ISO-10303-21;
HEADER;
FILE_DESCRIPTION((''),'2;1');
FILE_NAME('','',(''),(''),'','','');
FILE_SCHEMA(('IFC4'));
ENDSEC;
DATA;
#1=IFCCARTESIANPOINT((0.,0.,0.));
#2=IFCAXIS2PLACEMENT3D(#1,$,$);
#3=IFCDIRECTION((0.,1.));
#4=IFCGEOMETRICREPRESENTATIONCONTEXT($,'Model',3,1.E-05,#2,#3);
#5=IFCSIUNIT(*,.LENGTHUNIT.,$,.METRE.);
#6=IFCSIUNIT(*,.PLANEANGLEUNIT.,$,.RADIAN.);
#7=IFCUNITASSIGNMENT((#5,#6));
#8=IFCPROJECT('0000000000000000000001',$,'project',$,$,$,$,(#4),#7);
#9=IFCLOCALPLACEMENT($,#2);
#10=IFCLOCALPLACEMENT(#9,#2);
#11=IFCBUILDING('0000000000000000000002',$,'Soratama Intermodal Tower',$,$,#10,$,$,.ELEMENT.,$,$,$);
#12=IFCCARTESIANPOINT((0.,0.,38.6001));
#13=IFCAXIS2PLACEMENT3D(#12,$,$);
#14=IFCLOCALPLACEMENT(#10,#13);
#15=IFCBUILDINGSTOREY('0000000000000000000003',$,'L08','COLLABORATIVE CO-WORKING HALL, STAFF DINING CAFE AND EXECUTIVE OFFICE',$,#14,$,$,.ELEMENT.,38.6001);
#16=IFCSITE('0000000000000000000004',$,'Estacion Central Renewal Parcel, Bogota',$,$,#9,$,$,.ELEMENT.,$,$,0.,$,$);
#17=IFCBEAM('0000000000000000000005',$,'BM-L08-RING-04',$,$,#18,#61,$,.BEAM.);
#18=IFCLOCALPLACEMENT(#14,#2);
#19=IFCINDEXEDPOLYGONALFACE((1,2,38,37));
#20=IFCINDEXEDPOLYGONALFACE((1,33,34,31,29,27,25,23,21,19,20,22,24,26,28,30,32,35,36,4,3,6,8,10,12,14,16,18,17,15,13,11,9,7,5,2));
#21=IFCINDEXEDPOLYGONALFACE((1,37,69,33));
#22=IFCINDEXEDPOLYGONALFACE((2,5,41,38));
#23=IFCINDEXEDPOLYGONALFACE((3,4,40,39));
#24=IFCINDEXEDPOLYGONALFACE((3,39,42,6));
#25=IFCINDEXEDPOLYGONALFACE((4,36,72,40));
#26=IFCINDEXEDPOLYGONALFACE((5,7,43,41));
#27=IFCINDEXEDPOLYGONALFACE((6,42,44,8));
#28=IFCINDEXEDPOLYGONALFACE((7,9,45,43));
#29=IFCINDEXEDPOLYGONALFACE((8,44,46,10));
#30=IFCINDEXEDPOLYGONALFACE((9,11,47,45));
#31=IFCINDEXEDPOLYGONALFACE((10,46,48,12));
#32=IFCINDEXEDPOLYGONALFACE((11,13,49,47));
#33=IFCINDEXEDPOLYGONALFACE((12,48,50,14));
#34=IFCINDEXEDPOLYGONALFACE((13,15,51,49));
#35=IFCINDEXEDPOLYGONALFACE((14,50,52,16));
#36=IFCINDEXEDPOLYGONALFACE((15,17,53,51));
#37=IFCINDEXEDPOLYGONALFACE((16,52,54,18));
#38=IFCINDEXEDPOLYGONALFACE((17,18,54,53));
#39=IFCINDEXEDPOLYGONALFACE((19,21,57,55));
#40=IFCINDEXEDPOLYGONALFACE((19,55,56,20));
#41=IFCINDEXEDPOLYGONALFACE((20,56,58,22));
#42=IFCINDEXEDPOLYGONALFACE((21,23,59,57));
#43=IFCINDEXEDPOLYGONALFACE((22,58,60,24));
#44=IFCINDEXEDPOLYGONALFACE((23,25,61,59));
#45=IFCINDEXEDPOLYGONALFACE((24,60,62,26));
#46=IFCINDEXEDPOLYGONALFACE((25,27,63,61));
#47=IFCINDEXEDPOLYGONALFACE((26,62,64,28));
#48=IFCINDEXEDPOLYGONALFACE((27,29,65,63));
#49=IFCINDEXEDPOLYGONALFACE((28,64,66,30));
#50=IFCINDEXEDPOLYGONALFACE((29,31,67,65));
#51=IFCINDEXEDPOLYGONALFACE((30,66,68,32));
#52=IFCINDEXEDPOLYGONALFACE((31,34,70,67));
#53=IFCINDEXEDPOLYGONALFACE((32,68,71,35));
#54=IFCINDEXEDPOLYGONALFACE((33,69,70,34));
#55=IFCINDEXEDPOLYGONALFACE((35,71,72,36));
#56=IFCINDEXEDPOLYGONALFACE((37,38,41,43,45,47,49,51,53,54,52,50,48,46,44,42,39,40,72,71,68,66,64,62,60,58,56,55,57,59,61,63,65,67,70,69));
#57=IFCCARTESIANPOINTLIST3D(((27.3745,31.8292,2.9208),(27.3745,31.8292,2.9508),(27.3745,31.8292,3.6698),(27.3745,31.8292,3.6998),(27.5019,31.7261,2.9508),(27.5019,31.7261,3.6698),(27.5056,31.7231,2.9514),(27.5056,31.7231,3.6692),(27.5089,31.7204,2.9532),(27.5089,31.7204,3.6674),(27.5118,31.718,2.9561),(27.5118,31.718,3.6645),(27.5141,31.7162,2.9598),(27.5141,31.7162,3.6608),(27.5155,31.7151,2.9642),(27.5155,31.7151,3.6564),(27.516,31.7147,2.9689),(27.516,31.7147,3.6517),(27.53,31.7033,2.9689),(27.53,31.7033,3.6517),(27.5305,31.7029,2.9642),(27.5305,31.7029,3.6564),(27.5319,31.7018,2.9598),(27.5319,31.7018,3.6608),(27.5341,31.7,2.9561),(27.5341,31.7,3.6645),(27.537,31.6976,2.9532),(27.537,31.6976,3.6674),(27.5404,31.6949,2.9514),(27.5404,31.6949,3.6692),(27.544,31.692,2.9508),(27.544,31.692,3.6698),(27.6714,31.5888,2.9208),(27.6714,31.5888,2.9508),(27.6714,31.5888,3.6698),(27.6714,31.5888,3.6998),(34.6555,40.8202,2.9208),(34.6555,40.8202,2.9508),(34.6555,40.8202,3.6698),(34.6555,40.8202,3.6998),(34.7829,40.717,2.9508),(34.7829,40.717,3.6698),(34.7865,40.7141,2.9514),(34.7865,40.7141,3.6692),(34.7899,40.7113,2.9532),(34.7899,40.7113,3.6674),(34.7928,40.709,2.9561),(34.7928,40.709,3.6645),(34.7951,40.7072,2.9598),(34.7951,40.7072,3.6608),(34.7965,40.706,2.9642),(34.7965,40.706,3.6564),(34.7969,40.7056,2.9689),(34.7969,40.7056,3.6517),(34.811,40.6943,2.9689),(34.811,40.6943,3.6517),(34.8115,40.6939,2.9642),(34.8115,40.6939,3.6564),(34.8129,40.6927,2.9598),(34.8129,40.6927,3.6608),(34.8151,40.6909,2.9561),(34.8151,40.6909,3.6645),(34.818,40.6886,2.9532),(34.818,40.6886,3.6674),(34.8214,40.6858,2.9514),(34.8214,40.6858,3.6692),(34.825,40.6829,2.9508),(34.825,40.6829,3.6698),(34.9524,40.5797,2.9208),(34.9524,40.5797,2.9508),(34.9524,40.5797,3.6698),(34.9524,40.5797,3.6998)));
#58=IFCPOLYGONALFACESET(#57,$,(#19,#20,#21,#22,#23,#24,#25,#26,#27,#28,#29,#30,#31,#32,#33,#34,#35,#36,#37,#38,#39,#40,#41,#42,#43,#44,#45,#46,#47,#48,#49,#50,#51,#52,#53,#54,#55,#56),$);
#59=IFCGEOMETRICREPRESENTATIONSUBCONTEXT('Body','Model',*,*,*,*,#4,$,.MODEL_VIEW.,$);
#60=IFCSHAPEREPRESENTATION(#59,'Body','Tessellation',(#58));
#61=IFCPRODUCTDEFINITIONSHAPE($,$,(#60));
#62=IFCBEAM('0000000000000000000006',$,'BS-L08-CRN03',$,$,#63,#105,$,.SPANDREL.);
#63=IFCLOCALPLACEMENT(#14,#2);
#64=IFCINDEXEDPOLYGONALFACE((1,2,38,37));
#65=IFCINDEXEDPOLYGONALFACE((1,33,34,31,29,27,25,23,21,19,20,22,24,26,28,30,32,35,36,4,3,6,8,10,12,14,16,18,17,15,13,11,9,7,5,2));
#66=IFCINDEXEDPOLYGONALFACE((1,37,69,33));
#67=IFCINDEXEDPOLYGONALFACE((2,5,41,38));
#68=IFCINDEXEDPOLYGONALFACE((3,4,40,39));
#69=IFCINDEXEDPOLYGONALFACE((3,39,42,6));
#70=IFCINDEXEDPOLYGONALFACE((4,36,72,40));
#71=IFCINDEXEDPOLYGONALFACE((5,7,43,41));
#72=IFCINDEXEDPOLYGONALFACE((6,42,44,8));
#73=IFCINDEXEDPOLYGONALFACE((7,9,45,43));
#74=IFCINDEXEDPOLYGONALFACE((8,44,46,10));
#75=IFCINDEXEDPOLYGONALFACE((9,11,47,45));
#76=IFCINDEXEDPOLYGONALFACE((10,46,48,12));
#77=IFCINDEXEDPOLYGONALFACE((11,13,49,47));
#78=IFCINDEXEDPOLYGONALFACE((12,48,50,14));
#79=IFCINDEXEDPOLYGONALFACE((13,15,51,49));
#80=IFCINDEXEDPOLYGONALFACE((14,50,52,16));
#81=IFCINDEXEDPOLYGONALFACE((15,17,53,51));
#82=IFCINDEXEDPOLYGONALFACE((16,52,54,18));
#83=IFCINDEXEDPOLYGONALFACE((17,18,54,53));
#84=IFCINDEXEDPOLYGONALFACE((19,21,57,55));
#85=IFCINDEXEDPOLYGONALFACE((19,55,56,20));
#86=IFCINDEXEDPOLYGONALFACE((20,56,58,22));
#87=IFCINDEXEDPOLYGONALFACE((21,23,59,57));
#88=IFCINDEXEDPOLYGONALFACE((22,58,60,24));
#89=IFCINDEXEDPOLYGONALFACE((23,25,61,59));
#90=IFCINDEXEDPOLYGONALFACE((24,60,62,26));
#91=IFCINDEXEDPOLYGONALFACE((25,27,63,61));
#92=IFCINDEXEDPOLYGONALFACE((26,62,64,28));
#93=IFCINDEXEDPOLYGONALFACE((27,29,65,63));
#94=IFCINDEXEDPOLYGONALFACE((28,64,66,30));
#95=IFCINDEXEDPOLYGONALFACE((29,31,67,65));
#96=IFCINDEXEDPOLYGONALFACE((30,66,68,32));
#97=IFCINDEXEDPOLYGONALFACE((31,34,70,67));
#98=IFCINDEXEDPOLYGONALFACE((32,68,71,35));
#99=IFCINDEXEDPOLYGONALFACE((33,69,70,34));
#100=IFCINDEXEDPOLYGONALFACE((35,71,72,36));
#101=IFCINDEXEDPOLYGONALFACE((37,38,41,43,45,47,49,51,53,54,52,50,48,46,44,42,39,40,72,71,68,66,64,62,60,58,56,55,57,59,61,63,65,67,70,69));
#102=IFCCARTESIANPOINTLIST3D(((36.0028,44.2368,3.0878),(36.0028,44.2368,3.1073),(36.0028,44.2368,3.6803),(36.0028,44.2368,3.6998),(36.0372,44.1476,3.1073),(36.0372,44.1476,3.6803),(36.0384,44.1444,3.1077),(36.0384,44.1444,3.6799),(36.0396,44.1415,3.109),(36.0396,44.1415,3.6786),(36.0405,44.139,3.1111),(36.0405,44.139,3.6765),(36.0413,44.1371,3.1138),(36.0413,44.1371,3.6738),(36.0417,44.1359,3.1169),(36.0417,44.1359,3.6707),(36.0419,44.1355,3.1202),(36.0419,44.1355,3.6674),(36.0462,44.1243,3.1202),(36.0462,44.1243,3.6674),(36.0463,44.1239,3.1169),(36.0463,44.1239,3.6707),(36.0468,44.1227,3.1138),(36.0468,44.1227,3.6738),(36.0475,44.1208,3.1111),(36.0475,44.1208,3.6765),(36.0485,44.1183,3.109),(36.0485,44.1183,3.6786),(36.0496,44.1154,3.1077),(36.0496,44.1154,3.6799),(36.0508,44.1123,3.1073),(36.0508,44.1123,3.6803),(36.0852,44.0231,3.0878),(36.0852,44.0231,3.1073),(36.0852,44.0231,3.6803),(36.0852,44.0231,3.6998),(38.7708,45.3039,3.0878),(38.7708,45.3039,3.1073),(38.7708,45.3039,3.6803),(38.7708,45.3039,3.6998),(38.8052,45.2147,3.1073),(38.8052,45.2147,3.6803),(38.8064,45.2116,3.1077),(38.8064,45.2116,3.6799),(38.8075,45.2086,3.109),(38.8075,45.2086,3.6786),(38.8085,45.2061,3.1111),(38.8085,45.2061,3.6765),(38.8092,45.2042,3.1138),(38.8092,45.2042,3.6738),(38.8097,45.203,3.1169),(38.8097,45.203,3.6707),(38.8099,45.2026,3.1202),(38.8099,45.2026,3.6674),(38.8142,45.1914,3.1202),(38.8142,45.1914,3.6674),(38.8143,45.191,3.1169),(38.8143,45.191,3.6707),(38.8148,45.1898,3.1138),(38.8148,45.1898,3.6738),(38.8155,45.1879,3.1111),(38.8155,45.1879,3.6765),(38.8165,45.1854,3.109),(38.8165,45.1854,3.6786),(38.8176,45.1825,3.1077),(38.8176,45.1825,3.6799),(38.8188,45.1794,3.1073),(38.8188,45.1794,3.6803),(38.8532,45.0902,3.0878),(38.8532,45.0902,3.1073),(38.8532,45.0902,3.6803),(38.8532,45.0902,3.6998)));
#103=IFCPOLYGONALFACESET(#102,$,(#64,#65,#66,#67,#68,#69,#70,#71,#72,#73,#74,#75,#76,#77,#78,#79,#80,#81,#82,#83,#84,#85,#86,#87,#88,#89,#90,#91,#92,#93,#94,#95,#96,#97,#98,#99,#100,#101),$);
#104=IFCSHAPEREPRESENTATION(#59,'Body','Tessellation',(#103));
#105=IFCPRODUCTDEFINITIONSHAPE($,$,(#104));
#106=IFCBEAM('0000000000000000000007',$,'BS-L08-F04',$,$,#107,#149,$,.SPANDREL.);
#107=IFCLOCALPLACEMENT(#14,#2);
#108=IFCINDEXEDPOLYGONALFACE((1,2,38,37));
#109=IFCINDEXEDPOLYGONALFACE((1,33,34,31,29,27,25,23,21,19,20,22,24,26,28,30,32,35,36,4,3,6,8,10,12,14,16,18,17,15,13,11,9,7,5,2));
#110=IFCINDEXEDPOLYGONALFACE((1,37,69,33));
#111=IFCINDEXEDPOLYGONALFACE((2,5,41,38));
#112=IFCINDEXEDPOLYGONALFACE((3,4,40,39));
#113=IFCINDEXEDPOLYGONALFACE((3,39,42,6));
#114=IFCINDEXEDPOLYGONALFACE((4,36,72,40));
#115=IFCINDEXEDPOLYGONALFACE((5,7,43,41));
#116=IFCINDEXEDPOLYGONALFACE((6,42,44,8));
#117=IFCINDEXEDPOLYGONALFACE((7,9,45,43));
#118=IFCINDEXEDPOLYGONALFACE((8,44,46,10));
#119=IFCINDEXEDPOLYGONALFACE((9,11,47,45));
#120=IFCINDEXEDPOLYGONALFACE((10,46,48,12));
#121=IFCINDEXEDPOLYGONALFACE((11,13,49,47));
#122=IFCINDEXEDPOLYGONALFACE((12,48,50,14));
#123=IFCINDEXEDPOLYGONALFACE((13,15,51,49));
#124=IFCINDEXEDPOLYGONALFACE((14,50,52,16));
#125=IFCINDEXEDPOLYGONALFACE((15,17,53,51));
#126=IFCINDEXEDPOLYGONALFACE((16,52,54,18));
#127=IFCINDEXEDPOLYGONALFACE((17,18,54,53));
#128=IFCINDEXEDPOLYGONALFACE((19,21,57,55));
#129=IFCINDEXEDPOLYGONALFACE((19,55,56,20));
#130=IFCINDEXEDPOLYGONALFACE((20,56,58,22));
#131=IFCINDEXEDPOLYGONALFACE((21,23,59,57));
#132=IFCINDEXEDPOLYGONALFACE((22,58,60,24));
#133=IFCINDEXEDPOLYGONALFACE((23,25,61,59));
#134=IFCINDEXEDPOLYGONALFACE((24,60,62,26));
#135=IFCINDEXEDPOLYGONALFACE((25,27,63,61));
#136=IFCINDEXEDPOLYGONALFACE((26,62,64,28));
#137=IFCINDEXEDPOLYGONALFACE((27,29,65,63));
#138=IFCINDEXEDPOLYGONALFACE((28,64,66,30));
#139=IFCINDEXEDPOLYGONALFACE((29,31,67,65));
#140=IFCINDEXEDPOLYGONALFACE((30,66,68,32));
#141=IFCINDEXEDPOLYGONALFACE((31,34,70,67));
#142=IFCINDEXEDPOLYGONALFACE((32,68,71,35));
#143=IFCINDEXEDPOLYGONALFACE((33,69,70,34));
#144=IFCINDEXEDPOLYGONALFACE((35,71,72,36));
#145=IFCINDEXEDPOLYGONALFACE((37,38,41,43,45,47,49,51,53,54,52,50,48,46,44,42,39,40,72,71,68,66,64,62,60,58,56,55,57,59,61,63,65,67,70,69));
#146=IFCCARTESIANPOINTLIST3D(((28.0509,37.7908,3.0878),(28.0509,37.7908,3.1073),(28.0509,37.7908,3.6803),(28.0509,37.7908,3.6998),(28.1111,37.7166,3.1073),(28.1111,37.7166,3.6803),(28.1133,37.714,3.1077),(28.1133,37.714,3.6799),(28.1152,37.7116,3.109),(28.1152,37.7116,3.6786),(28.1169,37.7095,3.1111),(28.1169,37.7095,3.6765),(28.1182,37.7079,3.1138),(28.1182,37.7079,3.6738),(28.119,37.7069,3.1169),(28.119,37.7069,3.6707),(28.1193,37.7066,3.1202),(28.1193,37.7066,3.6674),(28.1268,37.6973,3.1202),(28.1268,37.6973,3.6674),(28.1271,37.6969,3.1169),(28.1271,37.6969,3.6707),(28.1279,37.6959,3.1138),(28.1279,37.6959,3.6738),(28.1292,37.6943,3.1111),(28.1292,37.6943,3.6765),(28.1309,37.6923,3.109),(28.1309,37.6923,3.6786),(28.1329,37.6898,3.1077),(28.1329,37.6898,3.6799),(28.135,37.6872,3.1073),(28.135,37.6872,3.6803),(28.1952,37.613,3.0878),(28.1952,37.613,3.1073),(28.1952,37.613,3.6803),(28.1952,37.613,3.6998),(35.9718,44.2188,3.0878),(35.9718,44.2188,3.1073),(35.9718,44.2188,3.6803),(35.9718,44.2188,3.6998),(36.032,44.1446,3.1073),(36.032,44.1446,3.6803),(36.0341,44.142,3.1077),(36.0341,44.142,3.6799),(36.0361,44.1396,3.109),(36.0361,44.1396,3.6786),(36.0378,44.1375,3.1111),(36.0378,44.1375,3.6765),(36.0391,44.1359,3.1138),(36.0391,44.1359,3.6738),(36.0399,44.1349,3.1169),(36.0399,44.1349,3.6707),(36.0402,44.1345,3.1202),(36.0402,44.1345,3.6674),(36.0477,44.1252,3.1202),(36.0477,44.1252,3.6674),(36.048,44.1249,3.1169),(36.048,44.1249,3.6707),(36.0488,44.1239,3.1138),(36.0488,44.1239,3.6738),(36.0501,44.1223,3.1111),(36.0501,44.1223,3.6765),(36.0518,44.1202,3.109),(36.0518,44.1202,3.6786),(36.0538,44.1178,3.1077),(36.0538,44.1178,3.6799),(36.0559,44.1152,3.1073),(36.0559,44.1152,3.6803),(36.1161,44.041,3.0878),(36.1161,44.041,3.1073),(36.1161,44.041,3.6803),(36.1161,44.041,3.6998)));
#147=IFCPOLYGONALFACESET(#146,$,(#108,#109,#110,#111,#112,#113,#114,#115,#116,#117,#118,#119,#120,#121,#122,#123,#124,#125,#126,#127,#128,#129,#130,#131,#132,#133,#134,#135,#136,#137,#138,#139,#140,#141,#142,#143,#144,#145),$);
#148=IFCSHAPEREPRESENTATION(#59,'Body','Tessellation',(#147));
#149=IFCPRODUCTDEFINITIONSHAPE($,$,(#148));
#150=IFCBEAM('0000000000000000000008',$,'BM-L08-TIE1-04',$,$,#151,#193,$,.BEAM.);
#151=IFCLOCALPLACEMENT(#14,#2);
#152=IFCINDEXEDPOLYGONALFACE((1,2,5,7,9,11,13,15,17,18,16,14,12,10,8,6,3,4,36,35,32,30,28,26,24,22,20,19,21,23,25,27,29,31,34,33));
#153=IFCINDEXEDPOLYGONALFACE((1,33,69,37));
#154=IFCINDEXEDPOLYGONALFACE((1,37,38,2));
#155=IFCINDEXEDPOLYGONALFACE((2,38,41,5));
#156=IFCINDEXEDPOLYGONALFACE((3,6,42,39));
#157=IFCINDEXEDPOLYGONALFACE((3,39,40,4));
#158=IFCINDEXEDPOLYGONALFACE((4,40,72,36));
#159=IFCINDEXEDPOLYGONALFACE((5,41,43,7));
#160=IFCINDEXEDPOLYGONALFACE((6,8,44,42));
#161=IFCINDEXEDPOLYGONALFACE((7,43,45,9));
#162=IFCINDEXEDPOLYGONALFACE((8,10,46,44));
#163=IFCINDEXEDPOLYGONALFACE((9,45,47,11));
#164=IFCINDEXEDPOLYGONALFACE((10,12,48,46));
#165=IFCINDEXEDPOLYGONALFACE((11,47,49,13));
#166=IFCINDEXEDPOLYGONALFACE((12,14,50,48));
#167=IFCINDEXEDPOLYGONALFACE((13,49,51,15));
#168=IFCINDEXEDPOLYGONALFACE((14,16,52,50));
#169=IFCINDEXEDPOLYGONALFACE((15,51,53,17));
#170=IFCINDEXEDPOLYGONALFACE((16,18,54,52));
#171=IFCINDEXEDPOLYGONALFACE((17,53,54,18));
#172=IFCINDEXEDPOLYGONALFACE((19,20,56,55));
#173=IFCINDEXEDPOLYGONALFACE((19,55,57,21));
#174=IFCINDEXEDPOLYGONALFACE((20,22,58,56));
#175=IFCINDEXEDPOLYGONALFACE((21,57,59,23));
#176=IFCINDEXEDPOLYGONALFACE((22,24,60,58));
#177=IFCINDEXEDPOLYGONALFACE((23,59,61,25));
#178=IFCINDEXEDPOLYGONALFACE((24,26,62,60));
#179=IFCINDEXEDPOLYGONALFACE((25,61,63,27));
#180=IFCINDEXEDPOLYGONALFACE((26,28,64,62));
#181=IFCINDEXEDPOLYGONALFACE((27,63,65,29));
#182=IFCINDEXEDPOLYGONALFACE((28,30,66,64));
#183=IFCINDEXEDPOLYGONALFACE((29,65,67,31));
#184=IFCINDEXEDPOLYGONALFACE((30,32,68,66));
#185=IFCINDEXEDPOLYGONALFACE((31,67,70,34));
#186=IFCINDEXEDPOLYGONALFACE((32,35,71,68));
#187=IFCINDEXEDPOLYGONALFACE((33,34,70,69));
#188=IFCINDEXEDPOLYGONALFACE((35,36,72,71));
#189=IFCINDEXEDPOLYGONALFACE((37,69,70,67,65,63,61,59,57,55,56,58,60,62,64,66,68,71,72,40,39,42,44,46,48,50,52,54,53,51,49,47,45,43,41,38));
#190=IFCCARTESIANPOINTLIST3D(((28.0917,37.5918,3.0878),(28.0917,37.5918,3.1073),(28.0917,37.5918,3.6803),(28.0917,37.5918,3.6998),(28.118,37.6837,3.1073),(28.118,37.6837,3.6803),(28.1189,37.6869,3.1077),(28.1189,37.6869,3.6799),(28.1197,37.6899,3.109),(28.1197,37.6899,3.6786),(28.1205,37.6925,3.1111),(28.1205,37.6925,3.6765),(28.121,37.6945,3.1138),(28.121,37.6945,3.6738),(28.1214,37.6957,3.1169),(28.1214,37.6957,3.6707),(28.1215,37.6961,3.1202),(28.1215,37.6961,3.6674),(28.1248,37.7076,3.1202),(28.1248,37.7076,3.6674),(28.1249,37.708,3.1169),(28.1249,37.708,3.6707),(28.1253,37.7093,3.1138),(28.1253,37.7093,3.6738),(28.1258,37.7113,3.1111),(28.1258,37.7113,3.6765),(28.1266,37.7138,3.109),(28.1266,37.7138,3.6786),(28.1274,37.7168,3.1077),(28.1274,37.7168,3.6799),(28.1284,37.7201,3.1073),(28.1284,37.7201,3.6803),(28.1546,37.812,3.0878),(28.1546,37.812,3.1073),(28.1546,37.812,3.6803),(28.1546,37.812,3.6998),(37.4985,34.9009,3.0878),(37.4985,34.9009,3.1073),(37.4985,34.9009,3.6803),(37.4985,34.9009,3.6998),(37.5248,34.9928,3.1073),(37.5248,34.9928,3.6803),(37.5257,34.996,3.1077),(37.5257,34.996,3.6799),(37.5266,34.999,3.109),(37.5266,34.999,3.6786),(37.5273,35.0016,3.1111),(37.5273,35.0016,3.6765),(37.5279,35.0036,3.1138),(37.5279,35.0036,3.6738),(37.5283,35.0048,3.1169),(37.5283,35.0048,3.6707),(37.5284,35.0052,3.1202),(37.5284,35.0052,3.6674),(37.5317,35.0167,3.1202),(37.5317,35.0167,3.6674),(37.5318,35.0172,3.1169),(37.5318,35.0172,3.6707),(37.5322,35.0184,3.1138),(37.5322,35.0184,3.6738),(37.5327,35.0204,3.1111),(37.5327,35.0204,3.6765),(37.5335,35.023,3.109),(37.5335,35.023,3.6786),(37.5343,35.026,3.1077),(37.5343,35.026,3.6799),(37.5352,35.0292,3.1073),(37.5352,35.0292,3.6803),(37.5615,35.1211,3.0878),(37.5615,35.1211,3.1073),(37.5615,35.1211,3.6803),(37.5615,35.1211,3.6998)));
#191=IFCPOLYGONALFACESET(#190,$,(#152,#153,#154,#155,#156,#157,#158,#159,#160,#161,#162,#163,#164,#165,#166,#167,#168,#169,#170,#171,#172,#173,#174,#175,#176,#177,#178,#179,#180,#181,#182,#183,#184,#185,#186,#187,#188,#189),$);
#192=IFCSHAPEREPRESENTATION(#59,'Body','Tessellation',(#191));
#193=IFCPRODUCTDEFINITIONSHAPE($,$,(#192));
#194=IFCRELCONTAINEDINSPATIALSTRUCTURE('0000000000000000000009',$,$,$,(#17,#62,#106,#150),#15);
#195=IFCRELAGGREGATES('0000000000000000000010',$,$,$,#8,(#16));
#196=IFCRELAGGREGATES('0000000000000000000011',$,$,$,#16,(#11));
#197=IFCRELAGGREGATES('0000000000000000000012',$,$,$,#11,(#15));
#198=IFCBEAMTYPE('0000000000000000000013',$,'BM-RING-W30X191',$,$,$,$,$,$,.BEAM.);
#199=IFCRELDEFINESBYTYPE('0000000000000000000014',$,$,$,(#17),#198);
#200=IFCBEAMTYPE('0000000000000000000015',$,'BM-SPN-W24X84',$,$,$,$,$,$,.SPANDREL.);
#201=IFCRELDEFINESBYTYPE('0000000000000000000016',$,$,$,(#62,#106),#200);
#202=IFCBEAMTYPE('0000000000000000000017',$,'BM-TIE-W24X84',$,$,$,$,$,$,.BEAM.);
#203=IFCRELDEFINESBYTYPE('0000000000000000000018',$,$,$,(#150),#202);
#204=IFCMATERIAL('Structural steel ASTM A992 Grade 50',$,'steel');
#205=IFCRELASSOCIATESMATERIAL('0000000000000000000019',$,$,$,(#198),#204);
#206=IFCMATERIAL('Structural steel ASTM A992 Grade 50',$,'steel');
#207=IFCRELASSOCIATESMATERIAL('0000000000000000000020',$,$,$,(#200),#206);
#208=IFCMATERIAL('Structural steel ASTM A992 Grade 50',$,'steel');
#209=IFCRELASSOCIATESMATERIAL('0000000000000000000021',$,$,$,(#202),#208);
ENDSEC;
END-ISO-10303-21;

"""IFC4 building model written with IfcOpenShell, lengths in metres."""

from ifc_helpers import new_model, si_unit, direction, frame, origin, origin_2d, place, context, subcontext, project, spatial, i_section, extrude, material, material_profile, profile_set, type_object, element, save


model = new_model("IFC4")

# Units and contexts
model_context = context("Model", 3, precision=1e-05, world=origin(), true_north=direction((0.0, 1.0)))
body_context = subcontext(model_context, "Body", "Model", "MODEL_VIEW")
ifc_project = project(units=[si_unit("LENGTHUNIT", "METRE"), si_unit("PLANEANGLEUNIT", "RADIAN")], contexts=[model_context])

# Site, building, storey
site_placement = place(None, origin())
site = spatial("IfcSite", under=ifc_project, at=site_placement, Name="Estacion Central Renewal Parcel, Bogota", CompositionType="ELEMENT", RefElevation=0.0)
building_placement = place(site_placement, origin())
building = spatial("IfcBuilding", under=site, at=building_placement, Name="Soratama Intermodal Tower", CompositionType="ELEMENT")
storey_placement = place(building_placement, frame((0.0, 0.0, 38.6001)))
storey = spatial("IfcBuildingStorey", under=building, at=storey_placement, Name="L08", Description="COLLABORATIVE CO-WORKING HALL, STAFF DINING CAFE AND EXECUTIVE OFFICE", CompositionType="ELEMENT", Elevation=38.6001)

# Beams
ifc_material_1 = material(Name="Structural steel ASTM A992 Grade 50", Category="steel")
ifc_material_profile_1 = material_profile(ifc_material_1, i_section(OverallWidth=0.3821, OverallDepth=0.7791, WebThickness=0.0181, FlangeThickness=0.03, FilletRadius=0.0181, at=origin_2d()), Name="W30X191")
ifc_profile_set_1 = profile_set([ifc_material_profile_1], Name="Structural steel ASTM A992 Grade 50")
beam_type_1 = type_object("IfcBeamType", Name="BM-RING-W30X191", PredefinedType="BEAM", material=ifc_profile_set_1)
beam_1_placement = place(storey_placement, frame((34.804, 40.7, 3.3103), z_axis=(-0.629334, -0.777135, 0.0), x_axis=(0.777135, -0.629334, 0.0)))
element("IfcBeam", 1, at=beam_1_placement, inside=storey, type_object=beam_type_1, Name="BM-L08-RING-04", PredefinedType="BEAM", context=body_context, shape_type="SweptSolid", body=[
    extrude(i_section(OverallWidth=0.3821, OverallDepth=0.7791, WebThickness=0.0181, FlangeThickness=0.03, FilletRadius=0.0181, at=origin_2d()), origin(), (0.0, 0.0, 1.0), 11.5693),
])
ifc_material_2 = material(Name="Structural steel ASTM A992 Grade 50", Category="steel")
ifc_material_profile_2 = material_profile(ifc_material_2, i_section(OverallWidth=0.229, OverallDepth=0.6121, WebThickness=0.012, FlangeThickness=0.0195, FilletRadius=0.0129, at=origin_2d()), Name="W24X84")
ifc_profile_set_2 = profile_set([ifc_material_profile_2], Name="Structural steel ASTM A992 Grade 50")
beam_type_2 = type_object("IfcBeamType", Name="BM-SPN-W24X84", PredefinedType="SPANDREL", material=ifc_profile_set_2)
beam_2_placement = place(storey_placement, frame((38.812, 45.197, 3.3938), z_axis=(-0.933063, -0.359712, 0.0), x_axis=(0.359712, -0.933063, 0.0)))
element("IfcBeam", 2, at=beam_2_placement, inside=storey, type_object=beam_type_2, Name="BS-L08-CRN03", PredefinedType="SPANDREL", context=body_context, shape_type="SweptSolid", body=[
    extrude(i_section(OverallWidth=0.229, OverallDepth=0.6121, WebThickness=0.012, FlangeThickness=0.0195, FilletRadius=0.0129, at=origin_2d()), origin(), (0.0, 0.0, 1.0), 2.9666),
])
beam_3_placement = place(storey_placement, frame((36.0439, 44.1299, 3.3938), z_axis=(-0.776486, -0.630135, 0.0), x_axis=(0.630135, -0.776486, 0.0)))
element("IfcBeam", 3, at=beam_3_placement, inside=storey, type_object=beam_type_2, Name="BS-L08-F04", PredefinedType="SPANDREL", context=body_context, shape_type="SweptSolid", body=[
    extrude(i_section(OverallWidth=0.229, OverallDepth=0.6121, WebThickness=0.012, FlangeThickness=0.0195, FilletRadius=0.0129, at=origin_2d()), origin(), (0.0, 0.0, 1.0), 10.2009),
])
ifc_material_3 = material(Name="Structural steel ASTM A992 Grade 50", Category="steel")
ifc_material_profile_3 = material_profile(ifc_material_3, i_section(OverallWidth=0.229, OverallDepth=0.6121, WebThickness=0.012, FlangeThickness=0.0195, FilletRadius=0.0129, at=origin_2d()), Name="W24X84")
ifc_profile_set_3 = profile_set([ifc_material_profile_3], Name="Structural steel ASTM A992 Grade 50")
beam_type_3 = type_object("IfcBeamType", Name="BM-TIE-W24X84", PredefinedType="BEAM", material=ifc_profile_set_3)
beam_4_placement = place(storey_placement, frame((37.53, 35.011, 3.3938), z_axis=(-0.961437, 0.275024, 0.0), x_axis=(-0.275024, -0.961437, 0.0)))
element("IfcBeam", 4, at=beam_4_placement, inside=storey, type_object=beam_type_3, Name="BM-L08-TIE1-04", PredefinedType="BEAM", context=body_context, shape_type="SweptSolid", body=[
    extrude(i_section(OverallWidth=0.229, OverallDepth=0.6121, WebThickness=0.012, FlangeThickness=0.0195, FilletRadius=0.0129, at=origin_2d()), origin(), (0.0, 0.0, 1.0), 9.7842),
])

save(model, "model.ifc")
